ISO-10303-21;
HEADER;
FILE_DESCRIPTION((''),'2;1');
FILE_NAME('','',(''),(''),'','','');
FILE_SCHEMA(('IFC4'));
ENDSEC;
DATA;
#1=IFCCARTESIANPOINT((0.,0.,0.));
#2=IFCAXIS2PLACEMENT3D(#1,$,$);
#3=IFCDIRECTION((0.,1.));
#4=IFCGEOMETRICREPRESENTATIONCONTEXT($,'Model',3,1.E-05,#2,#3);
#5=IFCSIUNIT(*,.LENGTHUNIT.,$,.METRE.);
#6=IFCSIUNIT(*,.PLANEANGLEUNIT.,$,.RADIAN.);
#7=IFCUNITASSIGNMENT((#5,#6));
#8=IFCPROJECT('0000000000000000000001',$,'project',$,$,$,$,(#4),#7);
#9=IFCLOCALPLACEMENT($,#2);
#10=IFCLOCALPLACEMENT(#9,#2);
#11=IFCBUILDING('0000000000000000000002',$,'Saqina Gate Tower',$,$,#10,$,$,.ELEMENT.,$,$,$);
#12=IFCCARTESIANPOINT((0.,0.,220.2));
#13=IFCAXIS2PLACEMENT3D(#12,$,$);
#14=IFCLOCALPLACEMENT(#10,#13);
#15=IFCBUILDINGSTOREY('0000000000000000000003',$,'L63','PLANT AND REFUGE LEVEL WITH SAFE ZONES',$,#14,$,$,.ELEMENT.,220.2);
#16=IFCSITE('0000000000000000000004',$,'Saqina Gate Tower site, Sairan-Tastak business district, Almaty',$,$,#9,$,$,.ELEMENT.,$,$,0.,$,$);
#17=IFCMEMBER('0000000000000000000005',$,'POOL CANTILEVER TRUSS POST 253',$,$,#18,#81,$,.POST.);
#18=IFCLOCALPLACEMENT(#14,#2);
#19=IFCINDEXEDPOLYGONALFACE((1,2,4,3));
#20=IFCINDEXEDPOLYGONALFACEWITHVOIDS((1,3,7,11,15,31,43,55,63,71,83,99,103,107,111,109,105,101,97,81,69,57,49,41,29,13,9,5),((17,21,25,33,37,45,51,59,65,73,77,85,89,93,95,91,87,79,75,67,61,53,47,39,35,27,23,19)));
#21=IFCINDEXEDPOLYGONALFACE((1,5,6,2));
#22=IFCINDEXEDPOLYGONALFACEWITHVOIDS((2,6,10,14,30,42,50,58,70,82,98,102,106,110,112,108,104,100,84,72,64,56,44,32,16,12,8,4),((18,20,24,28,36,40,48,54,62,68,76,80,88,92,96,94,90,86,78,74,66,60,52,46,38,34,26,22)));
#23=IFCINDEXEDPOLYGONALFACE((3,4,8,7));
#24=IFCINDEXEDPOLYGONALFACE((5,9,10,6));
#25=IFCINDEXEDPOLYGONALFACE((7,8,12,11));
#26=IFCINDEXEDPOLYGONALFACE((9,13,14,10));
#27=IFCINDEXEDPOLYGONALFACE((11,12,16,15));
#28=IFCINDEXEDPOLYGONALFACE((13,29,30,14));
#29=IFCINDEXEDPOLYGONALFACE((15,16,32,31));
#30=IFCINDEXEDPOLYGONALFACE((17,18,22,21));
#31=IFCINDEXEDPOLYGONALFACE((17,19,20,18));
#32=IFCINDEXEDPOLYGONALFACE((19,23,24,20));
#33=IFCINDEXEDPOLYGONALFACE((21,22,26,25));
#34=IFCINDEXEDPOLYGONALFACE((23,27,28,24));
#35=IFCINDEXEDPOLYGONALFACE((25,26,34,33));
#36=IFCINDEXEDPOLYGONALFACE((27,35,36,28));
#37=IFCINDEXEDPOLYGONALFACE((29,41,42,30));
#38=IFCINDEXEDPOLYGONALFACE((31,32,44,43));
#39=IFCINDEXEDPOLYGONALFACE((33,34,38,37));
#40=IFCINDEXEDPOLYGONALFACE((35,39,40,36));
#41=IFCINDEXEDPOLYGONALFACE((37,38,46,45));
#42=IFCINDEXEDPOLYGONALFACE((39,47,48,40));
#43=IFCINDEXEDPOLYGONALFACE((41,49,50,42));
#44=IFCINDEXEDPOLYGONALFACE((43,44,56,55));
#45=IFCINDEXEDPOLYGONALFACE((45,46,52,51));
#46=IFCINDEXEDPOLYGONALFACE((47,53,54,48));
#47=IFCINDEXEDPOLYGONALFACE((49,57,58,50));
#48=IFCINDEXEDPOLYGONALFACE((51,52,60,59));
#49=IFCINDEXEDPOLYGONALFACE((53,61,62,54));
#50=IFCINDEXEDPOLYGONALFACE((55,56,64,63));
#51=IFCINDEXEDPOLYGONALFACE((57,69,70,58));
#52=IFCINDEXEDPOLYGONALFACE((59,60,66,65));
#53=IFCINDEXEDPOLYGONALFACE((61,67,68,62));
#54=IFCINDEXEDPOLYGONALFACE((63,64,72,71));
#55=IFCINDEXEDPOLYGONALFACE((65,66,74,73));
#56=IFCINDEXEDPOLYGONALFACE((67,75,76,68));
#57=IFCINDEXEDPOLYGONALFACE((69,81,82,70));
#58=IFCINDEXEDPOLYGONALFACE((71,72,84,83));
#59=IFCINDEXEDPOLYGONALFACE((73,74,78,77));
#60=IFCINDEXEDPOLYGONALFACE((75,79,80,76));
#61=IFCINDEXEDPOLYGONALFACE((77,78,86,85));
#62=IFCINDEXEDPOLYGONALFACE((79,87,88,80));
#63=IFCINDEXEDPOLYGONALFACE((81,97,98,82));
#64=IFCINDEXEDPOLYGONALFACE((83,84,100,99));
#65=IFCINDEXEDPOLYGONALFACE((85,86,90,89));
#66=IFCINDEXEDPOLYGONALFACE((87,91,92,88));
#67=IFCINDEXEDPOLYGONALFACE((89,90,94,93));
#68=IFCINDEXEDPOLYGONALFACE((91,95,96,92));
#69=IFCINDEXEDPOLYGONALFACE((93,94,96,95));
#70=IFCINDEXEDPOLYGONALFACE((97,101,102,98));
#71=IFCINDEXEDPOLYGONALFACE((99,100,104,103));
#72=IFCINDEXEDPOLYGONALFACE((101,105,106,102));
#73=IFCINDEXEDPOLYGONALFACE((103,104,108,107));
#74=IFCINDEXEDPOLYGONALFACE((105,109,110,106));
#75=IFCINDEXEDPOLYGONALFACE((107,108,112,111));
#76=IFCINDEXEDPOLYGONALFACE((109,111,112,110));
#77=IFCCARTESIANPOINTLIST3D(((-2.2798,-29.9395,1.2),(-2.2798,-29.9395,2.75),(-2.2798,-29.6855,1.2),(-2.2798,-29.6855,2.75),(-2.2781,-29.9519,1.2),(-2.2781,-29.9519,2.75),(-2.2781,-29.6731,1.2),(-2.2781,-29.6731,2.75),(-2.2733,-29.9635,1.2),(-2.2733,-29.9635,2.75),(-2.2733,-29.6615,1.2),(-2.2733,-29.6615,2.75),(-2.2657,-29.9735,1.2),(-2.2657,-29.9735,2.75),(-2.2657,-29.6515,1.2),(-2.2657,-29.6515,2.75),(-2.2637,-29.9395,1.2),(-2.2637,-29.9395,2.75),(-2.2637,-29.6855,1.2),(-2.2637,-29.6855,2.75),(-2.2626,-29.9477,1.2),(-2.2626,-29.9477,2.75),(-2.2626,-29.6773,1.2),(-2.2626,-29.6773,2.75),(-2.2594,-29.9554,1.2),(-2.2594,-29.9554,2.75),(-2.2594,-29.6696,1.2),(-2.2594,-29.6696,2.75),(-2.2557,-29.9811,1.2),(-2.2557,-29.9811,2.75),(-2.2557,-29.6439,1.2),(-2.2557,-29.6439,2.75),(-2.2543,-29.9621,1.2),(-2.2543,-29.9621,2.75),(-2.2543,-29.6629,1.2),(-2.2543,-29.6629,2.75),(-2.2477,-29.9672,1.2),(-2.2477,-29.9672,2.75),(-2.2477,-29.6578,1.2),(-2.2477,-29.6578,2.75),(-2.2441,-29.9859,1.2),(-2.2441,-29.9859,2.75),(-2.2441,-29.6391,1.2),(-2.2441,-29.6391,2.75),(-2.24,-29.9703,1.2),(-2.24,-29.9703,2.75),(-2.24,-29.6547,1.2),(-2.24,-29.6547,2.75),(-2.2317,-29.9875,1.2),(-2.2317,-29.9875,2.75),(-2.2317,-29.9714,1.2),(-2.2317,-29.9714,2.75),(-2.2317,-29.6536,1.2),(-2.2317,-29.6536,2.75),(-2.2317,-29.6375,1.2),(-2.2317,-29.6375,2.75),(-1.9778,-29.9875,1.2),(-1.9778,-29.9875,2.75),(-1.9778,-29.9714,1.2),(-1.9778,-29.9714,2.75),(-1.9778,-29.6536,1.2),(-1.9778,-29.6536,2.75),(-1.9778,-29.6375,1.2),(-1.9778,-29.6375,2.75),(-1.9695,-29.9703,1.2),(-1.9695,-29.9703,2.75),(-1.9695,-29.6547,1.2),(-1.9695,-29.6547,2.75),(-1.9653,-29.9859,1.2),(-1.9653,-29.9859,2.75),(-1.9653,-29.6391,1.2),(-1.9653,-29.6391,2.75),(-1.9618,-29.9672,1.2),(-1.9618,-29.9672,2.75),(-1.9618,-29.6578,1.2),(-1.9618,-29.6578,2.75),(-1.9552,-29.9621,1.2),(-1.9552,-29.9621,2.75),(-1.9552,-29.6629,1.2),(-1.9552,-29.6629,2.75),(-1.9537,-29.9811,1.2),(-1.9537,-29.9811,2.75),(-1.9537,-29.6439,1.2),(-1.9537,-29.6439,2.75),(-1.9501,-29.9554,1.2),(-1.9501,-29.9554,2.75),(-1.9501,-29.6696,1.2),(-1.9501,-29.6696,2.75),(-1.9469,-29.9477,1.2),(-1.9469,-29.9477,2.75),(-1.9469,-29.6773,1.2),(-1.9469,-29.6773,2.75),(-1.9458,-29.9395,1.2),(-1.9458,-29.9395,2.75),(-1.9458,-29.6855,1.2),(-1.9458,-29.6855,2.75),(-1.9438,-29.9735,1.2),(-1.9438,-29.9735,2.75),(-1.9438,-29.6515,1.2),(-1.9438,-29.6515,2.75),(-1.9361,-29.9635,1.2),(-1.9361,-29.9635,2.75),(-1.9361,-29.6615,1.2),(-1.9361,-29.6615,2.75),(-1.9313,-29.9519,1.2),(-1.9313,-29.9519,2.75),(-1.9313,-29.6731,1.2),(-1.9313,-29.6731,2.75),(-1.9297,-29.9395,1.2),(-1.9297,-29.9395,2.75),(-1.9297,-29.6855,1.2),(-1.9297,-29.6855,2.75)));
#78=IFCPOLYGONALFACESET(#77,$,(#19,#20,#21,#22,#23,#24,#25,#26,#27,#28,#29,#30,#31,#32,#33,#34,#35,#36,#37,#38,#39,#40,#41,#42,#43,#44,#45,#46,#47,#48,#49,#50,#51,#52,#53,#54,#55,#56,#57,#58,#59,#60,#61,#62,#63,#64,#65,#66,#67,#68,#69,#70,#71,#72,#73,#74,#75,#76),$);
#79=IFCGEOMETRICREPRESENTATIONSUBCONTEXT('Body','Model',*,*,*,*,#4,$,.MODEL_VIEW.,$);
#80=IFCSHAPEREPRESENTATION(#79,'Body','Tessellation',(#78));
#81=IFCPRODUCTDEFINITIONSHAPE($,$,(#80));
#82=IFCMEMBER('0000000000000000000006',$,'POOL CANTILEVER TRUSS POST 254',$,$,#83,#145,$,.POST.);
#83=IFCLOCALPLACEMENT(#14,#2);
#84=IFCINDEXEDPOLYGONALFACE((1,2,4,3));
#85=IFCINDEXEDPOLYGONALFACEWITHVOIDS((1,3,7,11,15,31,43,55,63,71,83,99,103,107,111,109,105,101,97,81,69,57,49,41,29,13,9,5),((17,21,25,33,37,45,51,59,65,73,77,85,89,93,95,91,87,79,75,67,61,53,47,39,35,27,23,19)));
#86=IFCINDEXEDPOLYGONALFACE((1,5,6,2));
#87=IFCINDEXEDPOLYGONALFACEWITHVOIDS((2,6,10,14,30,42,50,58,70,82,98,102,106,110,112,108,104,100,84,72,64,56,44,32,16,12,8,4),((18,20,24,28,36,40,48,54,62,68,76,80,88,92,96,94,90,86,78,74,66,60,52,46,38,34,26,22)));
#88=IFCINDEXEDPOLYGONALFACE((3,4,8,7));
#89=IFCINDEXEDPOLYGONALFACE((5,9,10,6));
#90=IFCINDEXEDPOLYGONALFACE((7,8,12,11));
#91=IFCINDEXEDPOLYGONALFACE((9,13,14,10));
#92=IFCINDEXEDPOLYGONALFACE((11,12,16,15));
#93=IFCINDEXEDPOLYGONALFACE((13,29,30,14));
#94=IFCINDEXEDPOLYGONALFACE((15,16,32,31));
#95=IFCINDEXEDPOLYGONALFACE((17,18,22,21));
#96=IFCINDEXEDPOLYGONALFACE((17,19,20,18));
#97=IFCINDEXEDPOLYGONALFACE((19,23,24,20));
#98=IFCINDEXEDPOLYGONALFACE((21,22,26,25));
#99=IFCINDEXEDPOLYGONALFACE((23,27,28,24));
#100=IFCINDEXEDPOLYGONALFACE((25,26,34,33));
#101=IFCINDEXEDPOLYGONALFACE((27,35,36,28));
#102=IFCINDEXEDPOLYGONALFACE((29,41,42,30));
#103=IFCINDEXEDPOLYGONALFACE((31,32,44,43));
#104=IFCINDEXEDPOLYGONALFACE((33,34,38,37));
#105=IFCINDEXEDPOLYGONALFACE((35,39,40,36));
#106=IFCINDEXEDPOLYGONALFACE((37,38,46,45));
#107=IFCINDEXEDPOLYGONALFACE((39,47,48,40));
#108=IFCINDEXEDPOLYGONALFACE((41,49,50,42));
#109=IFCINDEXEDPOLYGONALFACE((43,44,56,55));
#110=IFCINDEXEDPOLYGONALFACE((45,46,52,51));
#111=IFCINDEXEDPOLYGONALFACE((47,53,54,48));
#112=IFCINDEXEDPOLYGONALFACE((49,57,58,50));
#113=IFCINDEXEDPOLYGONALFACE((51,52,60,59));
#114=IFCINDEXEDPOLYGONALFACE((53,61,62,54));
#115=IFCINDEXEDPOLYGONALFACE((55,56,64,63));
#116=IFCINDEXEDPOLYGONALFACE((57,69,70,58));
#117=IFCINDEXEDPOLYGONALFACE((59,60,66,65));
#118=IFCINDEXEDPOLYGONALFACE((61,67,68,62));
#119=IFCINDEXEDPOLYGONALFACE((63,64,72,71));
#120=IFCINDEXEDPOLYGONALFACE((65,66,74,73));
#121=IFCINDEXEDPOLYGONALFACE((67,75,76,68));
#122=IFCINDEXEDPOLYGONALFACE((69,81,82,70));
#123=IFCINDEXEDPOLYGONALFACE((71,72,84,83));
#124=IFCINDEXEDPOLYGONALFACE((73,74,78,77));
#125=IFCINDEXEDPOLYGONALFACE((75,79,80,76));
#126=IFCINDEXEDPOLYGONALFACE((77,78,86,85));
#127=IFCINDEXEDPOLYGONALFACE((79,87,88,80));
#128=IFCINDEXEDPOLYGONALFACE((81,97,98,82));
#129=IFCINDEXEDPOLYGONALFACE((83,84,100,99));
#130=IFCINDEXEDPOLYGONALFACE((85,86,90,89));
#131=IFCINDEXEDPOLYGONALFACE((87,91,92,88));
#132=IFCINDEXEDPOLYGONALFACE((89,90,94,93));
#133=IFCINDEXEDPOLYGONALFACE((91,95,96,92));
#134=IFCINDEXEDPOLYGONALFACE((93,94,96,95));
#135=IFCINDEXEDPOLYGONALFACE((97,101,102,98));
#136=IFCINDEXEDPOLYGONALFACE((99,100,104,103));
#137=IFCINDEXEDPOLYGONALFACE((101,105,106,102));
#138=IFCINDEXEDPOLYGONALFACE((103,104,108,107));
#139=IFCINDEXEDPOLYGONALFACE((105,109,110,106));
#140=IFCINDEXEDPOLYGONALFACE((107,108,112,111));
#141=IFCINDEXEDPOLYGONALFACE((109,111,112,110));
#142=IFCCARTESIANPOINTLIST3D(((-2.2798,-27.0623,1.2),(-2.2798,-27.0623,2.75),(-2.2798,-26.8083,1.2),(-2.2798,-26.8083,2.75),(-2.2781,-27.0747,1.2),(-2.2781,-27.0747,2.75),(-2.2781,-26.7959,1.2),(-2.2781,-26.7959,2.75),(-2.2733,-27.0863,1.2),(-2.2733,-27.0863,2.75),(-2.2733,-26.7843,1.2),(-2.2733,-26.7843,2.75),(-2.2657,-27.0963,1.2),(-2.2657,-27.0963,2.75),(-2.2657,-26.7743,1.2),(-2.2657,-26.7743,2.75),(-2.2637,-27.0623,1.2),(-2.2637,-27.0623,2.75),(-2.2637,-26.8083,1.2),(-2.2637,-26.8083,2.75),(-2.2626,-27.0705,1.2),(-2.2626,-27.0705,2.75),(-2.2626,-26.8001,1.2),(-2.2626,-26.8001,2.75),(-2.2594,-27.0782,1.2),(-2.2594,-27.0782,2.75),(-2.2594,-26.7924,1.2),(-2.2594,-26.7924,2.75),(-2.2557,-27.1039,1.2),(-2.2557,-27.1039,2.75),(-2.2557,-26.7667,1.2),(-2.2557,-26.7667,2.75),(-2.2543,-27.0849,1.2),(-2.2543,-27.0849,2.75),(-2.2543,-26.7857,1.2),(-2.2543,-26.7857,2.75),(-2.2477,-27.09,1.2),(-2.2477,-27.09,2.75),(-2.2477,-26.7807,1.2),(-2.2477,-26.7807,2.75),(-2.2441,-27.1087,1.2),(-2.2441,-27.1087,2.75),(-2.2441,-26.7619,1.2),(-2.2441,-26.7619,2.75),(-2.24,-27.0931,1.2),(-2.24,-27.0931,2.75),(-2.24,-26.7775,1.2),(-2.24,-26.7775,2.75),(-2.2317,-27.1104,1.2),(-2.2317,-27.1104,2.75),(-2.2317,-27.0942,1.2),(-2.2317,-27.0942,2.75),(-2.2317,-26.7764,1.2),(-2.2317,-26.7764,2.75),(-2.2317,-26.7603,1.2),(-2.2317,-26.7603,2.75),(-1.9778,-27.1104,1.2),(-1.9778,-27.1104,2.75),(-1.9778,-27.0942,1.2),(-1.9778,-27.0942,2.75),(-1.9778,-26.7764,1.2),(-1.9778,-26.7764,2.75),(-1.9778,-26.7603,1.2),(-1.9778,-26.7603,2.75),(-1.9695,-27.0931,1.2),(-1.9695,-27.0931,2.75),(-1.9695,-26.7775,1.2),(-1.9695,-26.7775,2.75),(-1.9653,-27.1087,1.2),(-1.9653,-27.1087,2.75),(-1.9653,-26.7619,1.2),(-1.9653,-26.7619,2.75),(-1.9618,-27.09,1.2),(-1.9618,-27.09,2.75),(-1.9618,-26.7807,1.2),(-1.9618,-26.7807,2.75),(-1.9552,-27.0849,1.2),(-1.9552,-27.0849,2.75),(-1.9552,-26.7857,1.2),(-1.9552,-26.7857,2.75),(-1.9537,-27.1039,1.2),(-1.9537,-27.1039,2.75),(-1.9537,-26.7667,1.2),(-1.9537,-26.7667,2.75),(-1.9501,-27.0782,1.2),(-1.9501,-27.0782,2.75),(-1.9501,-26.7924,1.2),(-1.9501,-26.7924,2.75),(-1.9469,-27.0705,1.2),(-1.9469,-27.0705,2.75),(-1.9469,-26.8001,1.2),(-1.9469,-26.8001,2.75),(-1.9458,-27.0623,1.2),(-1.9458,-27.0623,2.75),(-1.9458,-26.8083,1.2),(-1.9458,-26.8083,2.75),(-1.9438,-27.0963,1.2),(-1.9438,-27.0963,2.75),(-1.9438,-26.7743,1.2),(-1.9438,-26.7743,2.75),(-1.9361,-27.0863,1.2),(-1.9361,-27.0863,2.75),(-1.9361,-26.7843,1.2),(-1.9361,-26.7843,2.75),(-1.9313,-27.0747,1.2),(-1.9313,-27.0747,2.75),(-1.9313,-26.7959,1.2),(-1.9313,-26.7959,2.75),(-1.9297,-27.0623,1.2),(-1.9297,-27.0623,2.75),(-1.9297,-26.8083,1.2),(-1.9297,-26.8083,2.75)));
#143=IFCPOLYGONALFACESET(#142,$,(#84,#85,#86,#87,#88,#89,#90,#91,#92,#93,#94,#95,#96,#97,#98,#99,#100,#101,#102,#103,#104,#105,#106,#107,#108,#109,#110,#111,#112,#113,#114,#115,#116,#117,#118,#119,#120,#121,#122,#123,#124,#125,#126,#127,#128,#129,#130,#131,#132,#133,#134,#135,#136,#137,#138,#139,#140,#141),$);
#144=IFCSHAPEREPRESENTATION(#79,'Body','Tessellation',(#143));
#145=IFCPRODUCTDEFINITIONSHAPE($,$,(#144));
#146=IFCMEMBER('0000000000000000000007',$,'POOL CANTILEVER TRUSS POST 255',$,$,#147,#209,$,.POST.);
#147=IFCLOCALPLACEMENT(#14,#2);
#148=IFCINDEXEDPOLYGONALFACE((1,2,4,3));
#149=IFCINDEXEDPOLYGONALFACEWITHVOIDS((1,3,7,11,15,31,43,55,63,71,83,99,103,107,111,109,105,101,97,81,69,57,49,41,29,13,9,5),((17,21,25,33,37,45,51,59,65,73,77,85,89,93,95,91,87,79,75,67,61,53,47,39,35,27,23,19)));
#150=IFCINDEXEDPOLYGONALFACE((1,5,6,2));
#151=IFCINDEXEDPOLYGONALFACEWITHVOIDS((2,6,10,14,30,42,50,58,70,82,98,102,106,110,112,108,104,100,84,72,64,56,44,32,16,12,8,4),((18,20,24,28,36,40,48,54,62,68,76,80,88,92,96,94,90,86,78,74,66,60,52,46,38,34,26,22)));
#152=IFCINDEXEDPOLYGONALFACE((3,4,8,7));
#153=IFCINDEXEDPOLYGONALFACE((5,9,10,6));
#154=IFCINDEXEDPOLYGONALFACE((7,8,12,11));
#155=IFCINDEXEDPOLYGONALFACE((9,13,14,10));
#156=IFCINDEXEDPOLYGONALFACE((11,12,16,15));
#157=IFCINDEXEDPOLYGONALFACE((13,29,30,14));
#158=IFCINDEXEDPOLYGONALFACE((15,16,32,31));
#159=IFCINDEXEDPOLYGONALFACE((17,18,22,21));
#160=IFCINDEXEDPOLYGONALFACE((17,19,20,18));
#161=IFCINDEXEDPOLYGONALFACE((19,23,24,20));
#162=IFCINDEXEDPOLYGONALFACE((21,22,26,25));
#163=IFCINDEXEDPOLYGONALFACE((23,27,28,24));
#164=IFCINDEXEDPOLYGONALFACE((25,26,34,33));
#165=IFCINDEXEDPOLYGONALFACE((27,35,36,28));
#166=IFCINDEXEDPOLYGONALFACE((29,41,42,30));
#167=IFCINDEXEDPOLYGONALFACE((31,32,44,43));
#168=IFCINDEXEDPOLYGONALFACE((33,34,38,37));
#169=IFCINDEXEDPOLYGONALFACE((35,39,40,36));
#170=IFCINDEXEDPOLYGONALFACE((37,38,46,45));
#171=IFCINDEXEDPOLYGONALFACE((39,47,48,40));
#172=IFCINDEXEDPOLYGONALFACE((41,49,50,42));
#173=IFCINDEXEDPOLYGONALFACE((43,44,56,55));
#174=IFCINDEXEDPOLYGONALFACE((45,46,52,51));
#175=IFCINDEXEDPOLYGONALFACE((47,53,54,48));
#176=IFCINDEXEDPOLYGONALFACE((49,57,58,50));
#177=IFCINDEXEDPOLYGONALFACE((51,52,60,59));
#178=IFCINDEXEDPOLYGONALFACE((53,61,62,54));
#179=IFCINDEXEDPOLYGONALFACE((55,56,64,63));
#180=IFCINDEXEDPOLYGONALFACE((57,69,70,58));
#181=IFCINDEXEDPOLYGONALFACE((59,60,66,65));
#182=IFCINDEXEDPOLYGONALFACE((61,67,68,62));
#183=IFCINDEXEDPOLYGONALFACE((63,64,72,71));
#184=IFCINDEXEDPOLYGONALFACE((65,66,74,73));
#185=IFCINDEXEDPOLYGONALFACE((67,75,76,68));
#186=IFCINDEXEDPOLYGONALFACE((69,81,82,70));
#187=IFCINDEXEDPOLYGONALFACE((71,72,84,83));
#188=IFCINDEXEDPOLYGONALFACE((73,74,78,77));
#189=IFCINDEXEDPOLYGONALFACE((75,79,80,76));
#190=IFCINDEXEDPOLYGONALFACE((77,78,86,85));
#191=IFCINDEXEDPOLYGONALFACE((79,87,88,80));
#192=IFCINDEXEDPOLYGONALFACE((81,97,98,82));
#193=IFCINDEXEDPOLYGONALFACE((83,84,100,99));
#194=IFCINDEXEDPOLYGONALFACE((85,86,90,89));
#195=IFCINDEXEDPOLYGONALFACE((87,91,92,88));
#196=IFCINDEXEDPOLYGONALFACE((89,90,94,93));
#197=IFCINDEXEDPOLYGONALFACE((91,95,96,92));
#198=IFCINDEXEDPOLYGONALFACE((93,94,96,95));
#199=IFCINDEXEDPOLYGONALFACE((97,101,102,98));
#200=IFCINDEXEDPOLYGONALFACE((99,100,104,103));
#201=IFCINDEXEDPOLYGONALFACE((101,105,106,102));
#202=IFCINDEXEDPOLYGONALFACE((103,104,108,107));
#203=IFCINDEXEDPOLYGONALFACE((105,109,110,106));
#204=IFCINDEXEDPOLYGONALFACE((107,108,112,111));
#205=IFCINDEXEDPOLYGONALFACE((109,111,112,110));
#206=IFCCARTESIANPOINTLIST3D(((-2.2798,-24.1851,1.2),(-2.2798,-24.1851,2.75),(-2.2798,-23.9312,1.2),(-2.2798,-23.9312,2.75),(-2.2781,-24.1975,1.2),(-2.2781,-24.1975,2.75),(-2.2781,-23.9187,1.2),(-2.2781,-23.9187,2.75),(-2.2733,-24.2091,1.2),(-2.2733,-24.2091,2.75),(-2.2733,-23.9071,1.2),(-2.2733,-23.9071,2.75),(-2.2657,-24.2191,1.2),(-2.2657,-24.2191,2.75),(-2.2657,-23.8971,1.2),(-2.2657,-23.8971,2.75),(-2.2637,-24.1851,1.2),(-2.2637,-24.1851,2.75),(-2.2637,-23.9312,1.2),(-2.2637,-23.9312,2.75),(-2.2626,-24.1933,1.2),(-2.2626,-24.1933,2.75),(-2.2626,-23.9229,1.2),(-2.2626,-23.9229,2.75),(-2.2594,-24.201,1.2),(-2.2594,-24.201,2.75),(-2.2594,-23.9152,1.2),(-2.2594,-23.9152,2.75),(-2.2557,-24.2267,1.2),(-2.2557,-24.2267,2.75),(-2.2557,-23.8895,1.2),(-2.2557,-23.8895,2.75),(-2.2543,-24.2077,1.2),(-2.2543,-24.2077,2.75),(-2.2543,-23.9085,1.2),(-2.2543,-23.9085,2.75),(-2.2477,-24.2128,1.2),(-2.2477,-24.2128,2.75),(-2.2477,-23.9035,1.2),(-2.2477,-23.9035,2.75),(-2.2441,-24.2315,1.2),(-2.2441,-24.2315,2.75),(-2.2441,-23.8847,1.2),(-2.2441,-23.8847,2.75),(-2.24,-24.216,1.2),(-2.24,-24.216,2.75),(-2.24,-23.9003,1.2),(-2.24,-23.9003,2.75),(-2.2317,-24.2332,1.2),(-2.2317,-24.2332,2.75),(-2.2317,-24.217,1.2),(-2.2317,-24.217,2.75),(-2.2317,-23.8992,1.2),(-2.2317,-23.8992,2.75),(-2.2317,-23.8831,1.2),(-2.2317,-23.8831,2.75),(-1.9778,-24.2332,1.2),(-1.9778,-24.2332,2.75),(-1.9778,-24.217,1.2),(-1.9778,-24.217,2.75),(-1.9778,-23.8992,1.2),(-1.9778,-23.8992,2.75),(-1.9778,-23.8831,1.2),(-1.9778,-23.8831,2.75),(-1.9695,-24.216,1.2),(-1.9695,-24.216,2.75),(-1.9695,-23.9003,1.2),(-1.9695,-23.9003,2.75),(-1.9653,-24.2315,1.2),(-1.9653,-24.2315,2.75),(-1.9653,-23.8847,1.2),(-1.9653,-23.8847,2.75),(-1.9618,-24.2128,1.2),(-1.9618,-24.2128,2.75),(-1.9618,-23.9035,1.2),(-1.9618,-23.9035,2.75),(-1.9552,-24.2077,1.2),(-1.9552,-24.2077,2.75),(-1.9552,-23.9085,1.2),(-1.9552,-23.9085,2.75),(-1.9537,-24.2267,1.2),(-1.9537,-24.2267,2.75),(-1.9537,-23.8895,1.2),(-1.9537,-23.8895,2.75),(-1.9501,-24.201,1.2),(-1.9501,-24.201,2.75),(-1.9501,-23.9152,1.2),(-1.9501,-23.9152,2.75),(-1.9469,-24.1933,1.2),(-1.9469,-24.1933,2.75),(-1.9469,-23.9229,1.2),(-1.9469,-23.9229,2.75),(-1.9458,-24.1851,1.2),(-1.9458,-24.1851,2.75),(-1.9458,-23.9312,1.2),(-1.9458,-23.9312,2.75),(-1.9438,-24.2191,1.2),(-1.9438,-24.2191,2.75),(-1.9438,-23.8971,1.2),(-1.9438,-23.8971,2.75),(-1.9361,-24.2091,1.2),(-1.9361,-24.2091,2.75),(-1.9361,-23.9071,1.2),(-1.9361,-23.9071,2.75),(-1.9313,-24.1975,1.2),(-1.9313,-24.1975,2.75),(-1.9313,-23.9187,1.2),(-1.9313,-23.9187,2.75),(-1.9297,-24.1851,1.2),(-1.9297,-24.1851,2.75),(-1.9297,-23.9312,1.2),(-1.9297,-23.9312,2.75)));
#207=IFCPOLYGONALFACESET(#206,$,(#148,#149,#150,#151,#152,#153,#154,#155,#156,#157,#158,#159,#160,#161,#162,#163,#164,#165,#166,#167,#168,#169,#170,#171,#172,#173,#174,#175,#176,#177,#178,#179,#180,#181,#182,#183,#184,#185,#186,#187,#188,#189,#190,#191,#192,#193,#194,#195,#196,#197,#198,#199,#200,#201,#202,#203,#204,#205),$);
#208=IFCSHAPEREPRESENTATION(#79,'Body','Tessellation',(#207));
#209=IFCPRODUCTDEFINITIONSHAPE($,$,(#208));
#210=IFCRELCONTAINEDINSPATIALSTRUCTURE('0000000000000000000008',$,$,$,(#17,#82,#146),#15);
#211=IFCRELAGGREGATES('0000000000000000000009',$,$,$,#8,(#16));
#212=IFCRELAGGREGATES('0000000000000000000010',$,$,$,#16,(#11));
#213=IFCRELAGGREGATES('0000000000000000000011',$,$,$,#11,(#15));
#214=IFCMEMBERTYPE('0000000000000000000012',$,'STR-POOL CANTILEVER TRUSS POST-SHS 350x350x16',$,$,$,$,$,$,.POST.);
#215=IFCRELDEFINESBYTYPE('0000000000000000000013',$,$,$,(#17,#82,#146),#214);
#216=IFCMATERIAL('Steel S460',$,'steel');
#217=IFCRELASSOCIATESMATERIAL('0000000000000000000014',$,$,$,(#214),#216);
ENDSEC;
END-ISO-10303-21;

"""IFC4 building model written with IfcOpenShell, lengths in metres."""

from ifc_helpers import new_model, si_unit, direction, frame, origin, origin_2d, place, context, subcontext, project, spatial, hollow_rectangle, extrude, material, material_profile, profile_set, type_object, element, save


model = new_model("IFC4")

# Units and contexts
model_context = context("Model", 3, precision=1e-05, world=origin(), true_north=direction((0.0, 1.0)))
body_context = subcontext(model_context, "Body", "Model", "MODEL_VIEW")
ifc_project = project(units=[si_unit("LENGTHUNIT", "METRE"), si_unit("PLANEANGLEUNIT", "RADIAN")], contexts=[model_context])

# Site, building, storey
site_placement = place(None, origin())
site = spatial("IfcSite", under=ifc_project, at=site_placement, Name="Saqina Gate Tower site, Sairan-Tastak business district, Almaty", CompositionType="ELEMENT", RefElevation=0.0)
building_placement = place(site_placement, origin())
building = spatial("IfcBuilding", under=site, at=building_placement, Name="Saqina Gate Tower", CompositionType="ELEMENT")
storey_placement = place(building_placement, frame((0.0, 0.0, 220.2)))
storey = spatial("IfcBuildingStorey", under=building, at=storey_placement, Name="L63", Description="PLANT AND REFUGE LEVEL WITH SAFE ZONES", CompositionType="ELEMENT", Elevation=220.2)

# Members
ifc_material_1 = material(Name="Steel S460", Category="steel")
ifc_material_profile_1 = material_profile(ifc_material_1, hollow_rectangle(XDim=0.3501, YDim=0.3501, WallThickness=0.0161, InnerFilletRadius=0.032, OuterFilletRadius=0.0481, at=origin_2d()), Name="SHS 350x350x16")
ifc_profile_set_1 = profile_set([ifc_material_profile_1], Name="Steel S460")
member_type_1 = type_object("IfcMemberType", Name="STR-POOL CANTILEVER TRUSS POST-SHS 350x350x16", PredefinedType="POST", material=ifc_profile_set_1)
for number, where, z_axis, x_axis, name in (
    (1, (-2.1047, -29.8125, 1.2), (0.0, 0.0, 1.0), (1.0, 0.0, 0.0), "POOL CANTILEVER TRUSS POST 253"),
    (2, (-2.1047, -26.9353, 1.2), (0.0, 0.0, 1.0), (1.0, 0.0, 0.0), "POOL CANTILEVER TRUSS POST 254"),
    (3, (-2.1047, -24.0581, 1.2), (0.0, 0.0, 1.0), (1.0, 0.0, 0.0), "POOL CANTILEVER TRUSS POST 255"),
):
    element("IfcMember", number, at=place(storey_placement, frame(where, z_axis=z_axis, x_axis=x_axis)), inside=storey, type_object=member_type_1, Name=name, PredefinedType="POST", context=body_context, shape_type="SweptSolid", body=[
        extrude(hollow_rectangle(XDim=0.3501, YDim=0.3501, WallThickness=0.0161, InnerFilletRadius=0.032, OuterFilletRadius=0.0481, at=origin_2d()), origin(), (0.0, 0.0, 1.0), 1.55),
    ])

save(model, "model.ifc")
